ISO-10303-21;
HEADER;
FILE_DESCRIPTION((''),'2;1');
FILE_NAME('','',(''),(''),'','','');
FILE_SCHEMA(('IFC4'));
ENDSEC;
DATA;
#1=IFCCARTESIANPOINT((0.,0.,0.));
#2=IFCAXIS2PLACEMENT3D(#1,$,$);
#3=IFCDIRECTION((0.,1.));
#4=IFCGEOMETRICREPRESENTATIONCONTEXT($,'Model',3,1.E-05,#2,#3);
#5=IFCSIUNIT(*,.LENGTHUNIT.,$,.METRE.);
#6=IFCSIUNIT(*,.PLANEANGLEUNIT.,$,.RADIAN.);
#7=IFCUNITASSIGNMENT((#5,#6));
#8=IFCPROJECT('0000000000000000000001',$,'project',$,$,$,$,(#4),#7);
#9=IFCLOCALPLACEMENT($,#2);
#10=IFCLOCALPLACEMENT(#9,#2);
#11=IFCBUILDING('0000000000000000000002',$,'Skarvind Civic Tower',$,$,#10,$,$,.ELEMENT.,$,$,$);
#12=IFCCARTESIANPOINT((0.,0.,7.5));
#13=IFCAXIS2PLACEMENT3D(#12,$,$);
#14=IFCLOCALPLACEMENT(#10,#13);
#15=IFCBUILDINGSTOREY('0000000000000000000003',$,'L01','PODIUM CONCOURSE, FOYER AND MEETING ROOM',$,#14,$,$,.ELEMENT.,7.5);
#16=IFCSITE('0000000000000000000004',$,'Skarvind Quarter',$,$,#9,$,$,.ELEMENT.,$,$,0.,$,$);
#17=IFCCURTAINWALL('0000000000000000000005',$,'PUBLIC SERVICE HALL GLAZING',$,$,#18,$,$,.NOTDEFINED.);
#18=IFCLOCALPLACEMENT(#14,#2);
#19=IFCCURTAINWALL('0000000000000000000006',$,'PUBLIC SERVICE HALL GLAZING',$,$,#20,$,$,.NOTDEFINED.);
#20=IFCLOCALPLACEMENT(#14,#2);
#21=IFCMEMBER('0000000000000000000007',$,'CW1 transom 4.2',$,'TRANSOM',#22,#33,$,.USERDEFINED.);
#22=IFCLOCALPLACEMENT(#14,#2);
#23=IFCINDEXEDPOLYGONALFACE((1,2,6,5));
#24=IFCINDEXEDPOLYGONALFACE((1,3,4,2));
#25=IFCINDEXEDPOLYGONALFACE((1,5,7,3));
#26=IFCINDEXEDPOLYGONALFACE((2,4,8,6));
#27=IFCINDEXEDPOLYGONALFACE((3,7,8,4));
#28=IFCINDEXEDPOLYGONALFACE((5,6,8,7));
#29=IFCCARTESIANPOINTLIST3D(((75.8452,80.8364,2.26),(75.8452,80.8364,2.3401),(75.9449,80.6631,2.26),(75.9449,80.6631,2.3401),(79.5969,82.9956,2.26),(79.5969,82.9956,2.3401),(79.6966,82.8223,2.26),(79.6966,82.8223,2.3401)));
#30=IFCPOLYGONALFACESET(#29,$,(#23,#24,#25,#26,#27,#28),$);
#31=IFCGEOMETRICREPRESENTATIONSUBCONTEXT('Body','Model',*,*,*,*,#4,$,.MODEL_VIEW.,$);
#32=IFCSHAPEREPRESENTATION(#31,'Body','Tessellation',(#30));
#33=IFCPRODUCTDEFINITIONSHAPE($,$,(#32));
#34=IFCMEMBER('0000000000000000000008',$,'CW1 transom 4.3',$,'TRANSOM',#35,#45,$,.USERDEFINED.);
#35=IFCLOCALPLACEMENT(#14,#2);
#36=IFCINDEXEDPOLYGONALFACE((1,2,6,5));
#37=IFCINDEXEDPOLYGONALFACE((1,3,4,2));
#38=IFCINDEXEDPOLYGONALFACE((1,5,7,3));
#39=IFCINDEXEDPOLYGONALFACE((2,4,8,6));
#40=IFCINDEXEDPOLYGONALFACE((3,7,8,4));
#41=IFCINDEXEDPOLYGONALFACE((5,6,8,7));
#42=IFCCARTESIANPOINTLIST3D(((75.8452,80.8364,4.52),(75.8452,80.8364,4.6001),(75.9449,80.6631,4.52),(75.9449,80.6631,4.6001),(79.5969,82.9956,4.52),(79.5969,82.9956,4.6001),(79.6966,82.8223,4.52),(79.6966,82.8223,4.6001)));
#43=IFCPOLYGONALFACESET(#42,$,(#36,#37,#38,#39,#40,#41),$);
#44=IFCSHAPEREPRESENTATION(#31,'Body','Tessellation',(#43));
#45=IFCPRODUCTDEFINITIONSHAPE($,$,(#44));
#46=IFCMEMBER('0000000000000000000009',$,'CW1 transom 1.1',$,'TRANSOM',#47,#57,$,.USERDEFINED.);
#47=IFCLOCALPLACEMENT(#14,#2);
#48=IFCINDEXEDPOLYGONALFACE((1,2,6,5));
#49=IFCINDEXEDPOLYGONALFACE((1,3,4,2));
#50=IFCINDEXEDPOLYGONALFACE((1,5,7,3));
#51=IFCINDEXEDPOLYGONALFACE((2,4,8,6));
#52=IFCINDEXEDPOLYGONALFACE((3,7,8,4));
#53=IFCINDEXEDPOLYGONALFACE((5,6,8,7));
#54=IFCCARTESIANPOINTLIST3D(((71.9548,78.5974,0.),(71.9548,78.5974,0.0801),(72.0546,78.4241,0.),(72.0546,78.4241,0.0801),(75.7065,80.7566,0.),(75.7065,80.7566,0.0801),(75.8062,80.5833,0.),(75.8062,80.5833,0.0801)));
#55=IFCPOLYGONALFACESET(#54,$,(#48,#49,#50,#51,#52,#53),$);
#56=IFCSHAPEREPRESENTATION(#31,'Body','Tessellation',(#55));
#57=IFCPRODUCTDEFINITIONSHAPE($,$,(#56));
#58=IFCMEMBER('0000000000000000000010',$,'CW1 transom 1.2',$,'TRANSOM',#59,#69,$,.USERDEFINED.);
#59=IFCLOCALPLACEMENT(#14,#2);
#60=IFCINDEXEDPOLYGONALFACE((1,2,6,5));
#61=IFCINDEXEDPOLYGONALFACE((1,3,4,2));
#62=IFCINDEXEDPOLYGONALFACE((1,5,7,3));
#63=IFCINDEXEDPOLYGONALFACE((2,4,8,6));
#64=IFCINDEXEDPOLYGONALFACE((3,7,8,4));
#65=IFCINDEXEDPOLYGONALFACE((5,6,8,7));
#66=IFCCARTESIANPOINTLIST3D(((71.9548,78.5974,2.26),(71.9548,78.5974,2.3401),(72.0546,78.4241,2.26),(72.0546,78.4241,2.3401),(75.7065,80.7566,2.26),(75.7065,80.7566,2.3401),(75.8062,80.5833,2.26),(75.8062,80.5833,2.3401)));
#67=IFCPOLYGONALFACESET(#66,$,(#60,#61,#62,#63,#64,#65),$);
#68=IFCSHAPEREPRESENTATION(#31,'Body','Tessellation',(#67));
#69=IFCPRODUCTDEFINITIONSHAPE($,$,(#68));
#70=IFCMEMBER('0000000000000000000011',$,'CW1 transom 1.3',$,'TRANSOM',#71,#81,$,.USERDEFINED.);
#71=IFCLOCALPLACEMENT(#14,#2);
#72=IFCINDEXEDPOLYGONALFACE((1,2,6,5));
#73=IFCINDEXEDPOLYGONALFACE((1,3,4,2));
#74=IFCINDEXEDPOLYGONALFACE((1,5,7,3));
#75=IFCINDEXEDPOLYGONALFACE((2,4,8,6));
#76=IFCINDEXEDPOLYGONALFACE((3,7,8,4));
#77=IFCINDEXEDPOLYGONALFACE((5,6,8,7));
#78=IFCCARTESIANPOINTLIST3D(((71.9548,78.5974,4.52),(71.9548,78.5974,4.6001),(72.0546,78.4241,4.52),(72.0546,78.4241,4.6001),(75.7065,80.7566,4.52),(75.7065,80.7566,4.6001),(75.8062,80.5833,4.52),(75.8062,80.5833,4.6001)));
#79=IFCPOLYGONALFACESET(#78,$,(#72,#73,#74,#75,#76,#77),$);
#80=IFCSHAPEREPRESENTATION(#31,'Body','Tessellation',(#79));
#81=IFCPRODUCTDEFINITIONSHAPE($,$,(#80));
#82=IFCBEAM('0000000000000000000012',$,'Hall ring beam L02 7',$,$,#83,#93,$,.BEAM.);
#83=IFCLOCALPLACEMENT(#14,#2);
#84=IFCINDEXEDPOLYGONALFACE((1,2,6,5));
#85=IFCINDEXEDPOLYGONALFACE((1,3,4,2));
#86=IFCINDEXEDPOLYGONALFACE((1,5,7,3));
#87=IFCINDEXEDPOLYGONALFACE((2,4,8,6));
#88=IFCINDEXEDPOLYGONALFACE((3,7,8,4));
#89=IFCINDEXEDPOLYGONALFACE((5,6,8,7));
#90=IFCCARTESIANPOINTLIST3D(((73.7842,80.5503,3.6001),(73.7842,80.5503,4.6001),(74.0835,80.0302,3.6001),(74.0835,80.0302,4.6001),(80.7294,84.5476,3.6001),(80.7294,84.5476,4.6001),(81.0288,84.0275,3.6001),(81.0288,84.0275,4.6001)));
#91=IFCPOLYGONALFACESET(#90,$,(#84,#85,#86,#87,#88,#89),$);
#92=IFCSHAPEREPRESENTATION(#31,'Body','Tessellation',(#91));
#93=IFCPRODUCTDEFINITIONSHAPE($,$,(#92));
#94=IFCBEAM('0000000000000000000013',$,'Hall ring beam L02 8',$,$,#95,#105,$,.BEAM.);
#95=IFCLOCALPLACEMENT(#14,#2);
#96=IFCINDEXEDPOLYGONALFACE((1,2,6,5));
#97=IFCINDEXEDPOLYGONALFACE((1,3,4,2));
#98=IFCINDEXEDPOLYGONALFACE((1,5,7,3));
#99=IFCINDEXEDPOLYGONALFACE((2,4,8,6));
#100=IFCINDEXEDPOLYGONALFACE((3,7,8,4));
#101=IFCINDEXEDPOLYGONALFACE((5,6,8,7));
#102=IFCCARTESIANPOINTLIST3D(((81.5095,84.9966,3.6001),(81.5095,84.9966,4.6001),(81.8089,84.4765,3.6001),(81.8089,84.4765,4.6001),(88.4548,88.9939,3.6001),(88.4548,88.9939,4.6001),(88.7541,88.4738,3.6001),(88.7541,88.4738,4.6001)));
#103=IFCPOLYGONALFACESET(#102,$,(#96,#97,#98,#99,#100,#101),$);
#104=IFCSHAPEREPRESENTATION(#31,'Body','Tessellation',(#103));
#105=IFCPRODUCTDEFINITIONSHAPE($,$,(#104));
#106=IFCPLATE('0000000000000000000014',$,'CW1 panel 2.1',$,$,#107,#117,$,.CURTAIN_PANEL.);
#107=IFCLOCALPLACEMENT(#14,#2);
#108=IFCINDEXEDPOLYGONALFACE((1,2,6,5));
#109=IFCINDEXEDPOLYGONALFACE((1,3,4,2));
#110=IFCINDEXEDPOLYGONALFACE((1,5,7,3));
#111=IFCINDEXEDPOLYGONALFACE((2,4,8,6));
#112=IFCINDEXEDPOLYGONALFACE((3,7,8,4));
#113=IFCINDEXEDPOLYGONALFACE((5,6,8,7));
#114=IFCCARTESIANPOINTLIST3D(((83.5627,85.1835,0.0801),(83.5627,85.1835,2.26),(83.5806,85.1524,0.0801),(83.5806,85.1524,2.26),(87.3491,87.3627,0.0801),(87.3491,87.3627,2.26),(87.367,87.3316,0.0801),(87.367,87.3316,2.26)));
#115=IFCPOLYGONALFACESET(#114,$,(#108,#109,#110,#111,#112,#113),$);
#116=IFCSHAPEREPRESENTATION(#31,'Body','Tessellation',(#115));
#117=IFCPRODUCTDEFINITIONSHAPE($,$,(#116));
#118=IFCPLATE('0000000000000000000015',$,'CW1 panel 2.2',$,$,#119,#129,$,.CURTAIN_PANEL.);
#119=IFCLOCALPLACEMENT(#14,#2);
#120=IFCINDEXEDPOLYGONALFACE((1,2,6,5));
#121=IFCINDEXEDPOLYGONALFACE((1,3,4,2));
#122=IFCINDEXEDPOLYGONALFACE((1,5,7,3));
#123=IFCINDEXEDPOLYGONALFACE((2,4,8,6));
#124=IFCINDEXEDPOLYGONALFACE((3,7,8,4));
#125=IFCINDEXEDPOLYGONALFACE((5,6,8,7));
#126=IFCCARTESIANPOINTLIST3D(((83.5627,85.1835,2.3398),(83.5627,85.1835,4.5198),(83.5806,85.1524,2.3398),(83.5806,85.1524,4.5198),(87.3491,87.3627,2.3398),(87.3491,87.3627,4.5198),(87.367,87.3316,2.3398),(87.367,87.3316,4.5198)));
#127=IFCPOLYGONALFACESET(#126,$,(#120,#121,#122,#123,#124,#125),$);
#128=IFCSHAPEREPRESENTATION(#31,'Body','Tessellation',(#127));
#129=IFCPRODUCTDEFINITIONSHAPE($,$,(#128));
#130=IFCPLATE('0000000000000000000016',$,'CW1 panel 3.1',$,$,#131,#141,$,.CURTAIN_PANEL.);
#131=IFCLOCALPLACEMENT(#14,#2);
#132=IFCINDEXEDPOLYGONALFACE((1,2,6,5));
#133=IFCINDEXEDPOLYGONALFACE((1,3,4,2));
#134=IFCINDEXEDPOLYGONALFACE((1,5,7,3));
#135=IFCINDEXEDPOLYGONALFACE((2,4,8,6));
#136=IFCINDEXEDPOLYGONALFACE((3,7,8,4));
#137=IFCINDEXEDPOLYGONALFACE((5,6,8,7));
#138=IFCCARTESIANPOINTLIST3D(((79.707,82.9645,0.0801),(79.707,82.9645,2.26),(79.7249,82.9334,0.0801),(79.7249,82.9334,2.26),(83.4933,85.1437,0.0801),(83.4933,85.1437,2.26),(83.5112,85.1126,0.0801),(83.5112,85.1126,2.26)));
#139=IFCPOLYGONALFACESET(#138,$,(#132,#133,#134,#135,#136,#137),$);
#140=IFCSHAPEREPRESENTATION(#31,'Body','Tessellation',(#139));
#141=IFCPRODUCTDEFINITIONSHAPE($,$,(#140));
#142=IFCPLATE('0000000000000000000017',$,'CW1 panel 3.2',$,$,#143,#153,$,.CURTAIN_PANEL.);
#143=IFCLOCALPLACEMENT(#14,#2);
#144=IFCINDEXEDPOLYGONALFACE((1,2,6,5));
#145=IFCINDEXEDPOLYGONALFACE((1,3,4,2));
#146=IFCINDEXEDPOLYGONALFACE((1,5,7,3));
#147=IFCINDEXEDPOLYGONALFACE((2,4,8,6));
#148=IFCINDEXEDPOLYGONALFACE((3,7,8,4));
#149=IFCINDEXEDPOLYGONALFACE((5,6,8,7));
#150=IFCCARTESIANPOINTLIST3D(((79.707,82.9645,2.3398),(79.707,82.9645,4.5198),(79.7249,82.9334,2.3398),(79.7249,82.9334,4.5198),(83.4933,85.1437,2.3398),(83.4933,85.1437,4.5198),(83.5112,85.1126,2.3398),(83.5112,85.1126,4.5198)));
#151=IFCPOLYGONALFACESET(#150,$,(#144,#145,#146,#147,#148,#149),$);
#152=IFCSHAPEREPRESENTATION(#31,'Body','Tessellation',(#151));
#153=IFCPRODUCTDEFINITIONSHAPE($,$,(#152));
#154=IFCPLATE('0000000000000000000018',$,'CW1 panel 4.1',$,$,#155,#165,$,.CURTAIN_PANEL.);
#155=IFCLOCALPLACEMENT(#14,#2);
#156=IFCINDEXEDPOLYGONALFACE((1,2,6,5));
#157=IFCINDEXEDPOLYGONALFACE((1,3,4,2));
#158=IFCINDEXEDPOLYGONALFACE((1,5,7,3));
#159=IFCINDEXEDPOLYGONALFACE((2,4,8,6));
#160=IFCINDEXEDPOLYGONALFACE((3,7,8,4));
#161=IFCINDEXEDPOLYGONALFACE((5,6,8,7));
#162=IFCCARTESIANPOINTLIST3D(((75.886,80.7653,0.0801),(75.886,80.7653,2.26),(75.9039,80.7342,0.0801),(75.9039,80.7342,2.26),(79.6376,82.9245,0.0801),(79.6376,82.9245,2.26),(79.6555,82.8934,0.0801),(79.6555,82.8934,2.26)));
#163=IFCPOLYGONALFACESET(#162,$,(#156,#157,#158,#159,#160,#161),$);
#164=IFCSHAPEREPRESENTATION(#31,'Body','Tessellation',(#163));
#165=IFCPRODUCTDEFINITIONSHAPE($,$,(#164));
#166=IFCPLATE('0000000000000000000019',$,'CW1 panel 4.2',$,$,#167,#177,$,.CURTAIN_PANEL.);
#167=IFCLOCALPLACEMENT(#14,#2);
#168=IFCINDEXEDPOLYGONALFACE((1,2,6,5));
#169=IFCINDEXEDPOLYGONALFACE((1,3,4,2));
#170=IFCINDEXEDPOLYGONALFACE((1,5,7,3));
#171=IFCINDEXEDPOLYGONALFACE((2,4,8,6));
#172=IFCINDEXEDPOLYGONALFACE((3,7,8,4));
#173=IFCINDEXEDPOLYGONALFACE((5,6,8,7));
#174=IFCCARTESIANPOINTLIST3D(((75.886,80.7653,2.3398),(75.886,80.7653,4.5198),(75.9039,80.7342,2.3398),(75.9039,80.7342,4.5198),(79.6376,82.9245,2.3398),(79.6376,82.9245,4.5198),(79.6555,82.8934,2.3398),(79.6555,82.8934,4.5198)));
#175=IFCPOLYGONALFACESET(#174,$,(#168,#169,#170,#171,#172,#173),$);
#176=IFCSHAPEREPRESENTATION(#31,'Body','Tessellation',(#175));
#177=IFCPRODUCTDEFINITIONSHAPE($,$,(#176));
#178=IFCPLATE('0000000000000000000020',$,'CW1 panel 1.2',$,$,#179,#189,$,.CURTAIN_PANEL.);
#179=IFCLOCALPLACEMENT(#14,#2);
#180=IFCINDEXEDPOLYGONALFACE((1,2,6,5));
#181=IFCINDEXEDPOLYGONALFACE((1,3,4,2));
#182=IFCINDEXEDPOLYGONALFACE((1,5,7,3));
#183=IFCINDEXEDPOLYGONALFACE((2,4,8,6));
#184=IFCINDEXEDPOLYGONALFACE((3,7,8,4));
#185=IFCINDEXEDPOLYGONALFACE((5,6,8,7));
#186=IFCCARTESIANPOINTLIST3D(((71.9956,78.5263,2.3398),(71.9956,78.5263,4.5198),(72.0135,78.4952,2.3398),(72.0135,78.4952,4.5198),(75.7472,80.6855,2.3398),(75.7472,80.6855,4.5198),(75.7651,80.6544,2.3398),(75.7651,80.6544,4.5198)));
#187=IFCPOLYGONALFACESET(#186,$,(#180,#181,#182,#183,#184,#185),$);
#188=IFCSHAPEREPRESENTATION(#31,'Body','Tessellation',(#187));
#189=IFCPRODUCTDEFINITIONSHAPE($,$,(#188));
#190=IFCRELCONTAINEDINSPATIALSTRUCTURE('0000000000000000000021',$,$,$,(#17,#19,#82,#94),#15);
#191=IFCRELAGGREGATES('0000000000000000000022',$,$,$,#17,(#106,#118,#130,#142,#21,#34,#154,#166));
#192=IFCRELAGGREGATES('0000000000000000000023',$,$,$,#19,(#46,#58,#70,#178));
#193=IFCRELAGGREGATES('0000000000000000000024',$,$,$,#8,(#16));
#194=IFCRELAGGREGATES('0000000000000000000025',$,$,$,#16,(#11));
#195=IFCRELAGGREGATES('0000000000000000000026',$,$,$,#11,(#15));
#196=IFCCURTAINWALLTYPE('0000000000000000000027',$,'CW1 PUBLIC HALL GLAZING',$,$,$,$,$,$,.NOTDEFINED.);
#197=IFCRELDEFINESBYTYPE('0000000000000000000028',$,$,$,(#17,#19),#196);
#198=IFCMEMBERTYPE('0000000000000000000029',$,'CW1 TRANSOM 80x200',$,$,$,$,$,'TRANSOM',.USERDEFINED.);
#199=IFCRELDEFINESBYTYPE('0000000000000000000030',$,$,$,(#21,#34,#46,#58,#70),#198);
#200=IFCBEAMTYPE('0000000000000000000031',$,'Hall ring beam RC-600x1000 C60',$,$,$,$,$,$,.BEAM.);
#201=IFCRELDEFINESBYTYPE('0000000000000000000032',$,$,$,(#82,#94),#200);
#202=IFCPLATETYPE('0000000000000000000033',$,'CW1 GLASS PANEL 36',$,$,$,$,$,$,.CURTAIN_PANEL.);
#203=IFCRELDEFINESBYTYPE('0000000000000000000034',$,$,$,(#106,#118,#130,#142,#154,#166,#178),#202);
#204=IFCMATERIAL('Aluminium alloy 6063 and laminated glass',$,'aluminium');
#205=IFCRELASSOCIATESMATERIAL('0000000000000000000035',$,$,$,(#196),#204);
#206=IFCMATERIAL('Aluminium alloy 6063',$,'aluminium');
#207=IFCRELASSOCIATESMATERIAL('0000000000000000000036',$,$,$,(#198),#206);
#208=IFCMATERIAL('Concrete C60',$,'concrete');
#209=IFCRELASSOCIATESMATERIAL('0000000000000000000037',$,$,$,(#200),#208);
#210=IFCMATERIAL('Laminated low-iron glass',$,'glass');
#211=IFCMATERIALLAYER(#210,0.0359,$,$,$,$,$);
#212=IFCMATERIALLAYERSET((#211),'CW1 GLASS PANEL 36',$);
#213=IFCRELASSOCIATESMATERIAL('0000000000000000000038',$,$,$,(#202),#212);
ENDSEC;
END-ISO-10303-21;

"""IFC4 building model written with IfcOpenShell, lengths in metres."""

from ifc_helpers import new_model, si_unit, direction, frame, origin, origin_2d, place, context, subcontext, project, spatial, rectangle, extrude, material, layer, layer_set, material_profile, profile_set, type_object, element, aggregate, save


model = new_model("IFC4")

# Units and contexts
model_context = context("Model", 3, precision=1e-05, world=origin(), true_north=direction((0.0, 1.0)))
body_context = subcontext(model_context, "Body", "Model", "MODEL_VIEW")
ifc_project = project(units=[si_unit("LENGTHUNIT", "METRE"), si_unit("PLANEANGLEUNIT", "RADIAN")], contexts=[model_context])

# Site, building, storey
site_placement = place(None, origin())
site = spatial("IfcSite", under=ifc_project, at=site_placement, Name="Skarvind Quarter", CompositionType="ELEMENT", RefElevation=0.0)
building_placement = place(site_placement, origin())
building = spatial("IfcBuilding", under=site, at=building_placement, Name="Skarvind Civic Tower", CompositionType="ELEMENT")
storey_placement = place(building_placement, frame((0.0, 0.0, 7.5)))
storey = spatial("IfcBuildingStorey", under=building, at=storey_placement, Name="L01", Description="PODIUM CONCOURSE, FOYER AND MEETING ROOM", CompositionType="ELEMENT", Elevation=7.5)

# Shared definitions
ifc_material_1 = material(Name="Concrete C60", Category="concrete")

# Curtain wall
ifc_material_2 = material(Name="Aluminium alloy 6063 and laminated glass", Category="aluminium")
curtain_wall_type = type_object("IfcCurtainWallType", Name="CW1 PUBLIC HALL GLAZING", PredefinedType="NOTDEFINED", material=ifc_material_2)
curtain_wall_1_placement = place(storey_placement, origin())
curtain_wall_1 = element("IfcCurtainWall", 1, at=curtain_wall_1_placement, inside=storey, type_object=curtain_wall_type, Name="PUBLIC SERVICE HALL GLAZING", PredefinedType="NOTDEFINED")
ifc_material_3 = material(Name="Aluminium alloy 6063", Category="aluminium")

# Curtain wall
curtain_wall_2_placement = place(storey_placement, origin())
curtain_wall_2 = element("IfcCurtainWall", 2, at=curtain_wall_2_placement, inside=storey, type_object=curtain_wall_type, Name="PUBLIC SERVICE HALL GLAZING", PredefinedType="NOTDEFINED")

# Members
ifc_material_profile_1 = material_profile(ifc_material_3, rectangle(XDim=0.2, YDim=0.0801, at=origin_2d()), Name="AL 80x200")
ifc_profile_set_1 = profile_set([ifc_material_profile_1], Name="Aluminium alloy 6063")
member_type_1 = type_object("IfcMemberType", Name="CW1 TRANSOM 80x200", ElementType="TRANSOM", PredefinedType="USERDEFINED", material=ifc_profile_set_1)
member_1_placement = place(storey_placement, frame((79.6467, 82.9089, 2.3), z_axis=(-0.866712, -0.498809, 0.0), x_axis=(0.498809, -0.866712, 0.0)))
member_1 = element("IfcMember", 3, at=member_1_placement, type_object=member_type_1, Name="CW1 transom 4.2", ObjectType="TRANSOM", PredefinedType="USERDEFINED", context=body_context, shape_type="SweptSolid", body=[
    extrude(rectangle(XDim=0.2, YDim=0.0801, at=origin_2d()), origin(), (0.0, 0.0, 1.0), 4.3286),
])
member_2_placement = place(storey_placement, frame((79.6467, 82.9089, 4.5601), z_axis=(-0.866712, -0.498809, 0.0), x_axis=(0.498809, -0.866712, 0.0)))
member_2 = element("IfcMember", 4, at=member_2_placement, type_object=member_type_1, Name="CW1 transom 4.3", ObjectType="TRANSOM", PredefinedType="USERDEFINED", context=body_context, shape_type="SweptSolid", body=[
    extrude(rectangle(XDim=0.2, YDim=0.0801, at=origin_2d()), origin(), (0.0, 0.0, 1.0), 4.3286),
])
member_3_placement = place(storey_placement, frame((75.7563, 80.6699, 0.04), z_axis=(-0.866712, -0.498809, 0.0), x_axis=(0.498809, -0.866712, 0.0)))
member_3 = element("IfcMember", 5, at=member_3_placement, type_object=member_type_1, Name="CW1 transom 1.1", ObjectType="TRANSOM", PredefinedType="USERDEFINED", context=body_context, shape_type="SweptSolid", body=[
    extrude(rectangle(XDim=0.2, YDim=0.0801, at=origin_2d()), origin(), (0.0, 0.0, 1.0), 4.3286),
])
member_4_placement = place(storey_placement, frame((75.7563, 80.6699, 2.3), z_axis=(-0.866712, -0.498809, 0.0), x_axis=(0.498809, -0.866712, 0.0)))
member_4 = element("IfcMember", 6, at=member_4_placement, type_object=member_type_1, Name="CW1 transom 1.2", ObjectType="TRANSOM", PredefinedType="USERDEFINED", context=body_context, shape_type="SweptSolid", body=[
    extrude(rectangle(XDim=0.2, YDim=0.0801, at=origin_2d()), origin(), (0.0, 0.0, 1.0), 4.3286),
])
member_5_placement = place(storey_placement, frame((75.7563, 80.6699, 4.5601), z_axis=(-0.866712, -0.498809, 0.0), x_axis=(0.498809, -0.866712, 0.0)))
member_5 = element("IfcMember", 7, at=member_5_placement, type_object=member_type_1, Name="CW1 transom 1.3", ObjectType="TRANSOM", PredefinedType="USERDEFINED", context=body_context, shape_type="SweptSolid", body=[
    extrude(rectangle(XDim=0.2, YDim=0.0801, at=origin_2d()), origin(), (0.0, 0.0, 1.0), 4.3286),
])

# Beams
ifc_material_profile_2 = material_profile(ifc_material_1, rectangle(XDim=0.6001, YDim=1.0, at=origin_2d()), Name="RC-600x1000")
ifc_profile_set_2 = profile_set([ifc_material_profile_2], Name="Concrete C60")
beam_type = type_object("IfcBeamType", Name="Hall ring beam RC-600x1000 C60", PredefinedType="BEAM", material=ifc_profile_set_2)
for number, where, z_axis, x_axis, name in (
    (8, (73.9338, 80.2903, 4.1001), (0.866703, 0.498824, 0.0), (-0.498824, 0.866703, 0.0), "Hall ring beam L02 7"),
    (9, (81.6592, 84.7366, 4.1001), (0.866703, 0.498824, 0.0), (-0.498824, 0.866703, 0.0), "Hall ring beam L02 8"),
):
    element("IfcBeam", number, at=place(storey_placement, frame(where, z_axis=z_axis, x_axis=x_axis)), inside=storey, type_object=beam_type, Name=name, PredefinedType="BEAM", context=body_context, shape_type="SweptSolid", body=[
        extrude(rectangle(XDim=0.6001, YDim=1.0, at=origin_2d()), origin(), (0.0, 0.0, 1.0), 8.0134),
    ])

# Plates
ifc_material_4 = material(Name="Laminated low-iron glass", Category="glass")
ifc_layer = layer(ifc_material_4, 0.0359)
ifc_layer_set = layer_set([ifc_layer], Name="CW1 GLASS PANEL 36")
plate_type = type_object("IfcPlateType", Name="CW1 GLASS PANEL 36", PredefinedType="CURTAIN_PANEL", material=ifc_layer_set)
plate_1_placement = place(storey_placement, frame((85.4648, 86.2576, 0.0801), z_axis=(0.0, 0.0, 1.0), x_axis=(-0.866702, -0.498825, 0.0)))
plate_1 = element("IfcPlate", 10, at=plate_1_placement, type_object=plate_type, Name="CW1 panel 2.1", PredefinedType="CURTAIN_PANEL", context=body_context, shape_type="SweptSolid", body=[
    extrude(rectangle(XDim=4.3687, YDim=0.0359, at=origin_2d()), origin(), (0.0, 0.0, 1.0), 2.1799),
])
plate_2_placement = place(storey_placement, frame((85.4648, 86.2576, 2.3398), z_axis=(0.0, 0.0, 1.0), x_axis=(-0.866702, -0.498825, 0.0)))
plate_2 = element("IfcPlate", 11, at=plate_2_placement, type_object=plate_type, Name="CW1 panel 2.2", PredefinedType="CURTAIN_PANEL", context=body_context, shape_type="SweptSolid", body=[
    extrude(rectangle(XDim=4.3687, YDim=0.0359, at=origin_2d()), origin(), (0.0, 0.0, 1.0), 2.1799),
])
plate_3_placement = place(storey_placement, frame((81.6091, 84.0386, 0.0801), z_axis=(0.0, 0.0, 1.0), x_axis=(-0.866702, -0.498825, 0.0)))
plate_3 = element("IfcPlate", 12, at=plate_3_placement, type_object=plate_type, Name="CW1 panel 3.1", PredefinedType="CURTAIN_PANEL", context=body_context, shape_type="SweptSolid", body=[
    extrude(rectangle(XDim=4.3687, YDim=0.0359, at=origin_2d()), origin(), (0.0, 0.0, 1.0), 2.1799),
])
plate_4_placement = place(storey_placement, frame((81.6091, 84.0386, 2.3398), z_axis=(0.0, 0.0, 1.0), x_axis=(-0.866702, -0.498825, 0.0)))
plate_4 = element("IfcPlate", 13, at=plate_4_placement, type_object=plate_type, Name="CW1 panel 3.2", PredefinedType="CURTAIN_PANEL", context=body_context, shape_type="SweptSolid", body=[
    extrude(rectangle(XDim=4.3687, YDim=0.0359, at=origin_2d()), origin(), (0.0, 0.0, 1.0), 2.1799),
])
plate_5_placement = place(storey_placement, frame((77.7708, 81.8293, 0.0801), z_axis=(0.0, 0.0, 1.0), x_axis=(-0.866702, -0.498825, 0.0)))
plate_5 = element("IfcPlate", 14, at=plate_5_placement, type_object=plate_type, Name="CW1 panel 4.1", PredefinedType="CURTAIN_PANEL", context=body_context, shape_type="SweptSolid", body=[
    extrude(rectangle(XDim=4.3286, YDim=0.0359, at=origin_2d()), origin(), (0.0, 0.0, 1.0), 2.1799),
])
plate_6_placement = place(storey_placement, frame((77.7708, 81.8293, 2.3398), z_axis=(0.0, 0.0, 1.0), x_axis=(-0.866702, -0.498825, 0.0)))
plate_6 = element("IfcPlate", 15, at=plate_6_placement, type_object=plate_type, Name="CW1 panel 4.2", PredefinedType="CURTAIN_PANEL", context=body_context, shape_type="SweptSolid", body=[
    extrude(rectangle(XDim=4.3286, YDim=0.0359, at=origin_2d()), origin(), (0.0, 0.0, 1.0), 2.1799),
])
aggregate(curtain_wall_1, [plate_1, plate_2, plate_3, plate_4, member_1, member_2, plate_5, plate_6])
plate_7_placement = place(storey_placement, frame((73.8804, 79.5903, 2.3398), z_axis=(0.0, 0.0, 1.0), x_axis=(-0.866702, -0.498825, 0.0)))
plate_7 = element("IfcPlate", 16, at=plate_7_placement, type_object=plate_type, Name="CW1 panel 1.2", PredefinedType="CURTAIN_PANEL", context=body_context, shape_type="SweptSolid", body=[
    extrude(rectangle(XDim=4.3286, YDim=0.0359, at=origin_2d()), origin(), (0.0, 0.0, 1.0), 2.1799),
])
aggregate(curtain_wall_2, [member_3, member_4, member_5, plate_7])

save(model, "model.ifc")
